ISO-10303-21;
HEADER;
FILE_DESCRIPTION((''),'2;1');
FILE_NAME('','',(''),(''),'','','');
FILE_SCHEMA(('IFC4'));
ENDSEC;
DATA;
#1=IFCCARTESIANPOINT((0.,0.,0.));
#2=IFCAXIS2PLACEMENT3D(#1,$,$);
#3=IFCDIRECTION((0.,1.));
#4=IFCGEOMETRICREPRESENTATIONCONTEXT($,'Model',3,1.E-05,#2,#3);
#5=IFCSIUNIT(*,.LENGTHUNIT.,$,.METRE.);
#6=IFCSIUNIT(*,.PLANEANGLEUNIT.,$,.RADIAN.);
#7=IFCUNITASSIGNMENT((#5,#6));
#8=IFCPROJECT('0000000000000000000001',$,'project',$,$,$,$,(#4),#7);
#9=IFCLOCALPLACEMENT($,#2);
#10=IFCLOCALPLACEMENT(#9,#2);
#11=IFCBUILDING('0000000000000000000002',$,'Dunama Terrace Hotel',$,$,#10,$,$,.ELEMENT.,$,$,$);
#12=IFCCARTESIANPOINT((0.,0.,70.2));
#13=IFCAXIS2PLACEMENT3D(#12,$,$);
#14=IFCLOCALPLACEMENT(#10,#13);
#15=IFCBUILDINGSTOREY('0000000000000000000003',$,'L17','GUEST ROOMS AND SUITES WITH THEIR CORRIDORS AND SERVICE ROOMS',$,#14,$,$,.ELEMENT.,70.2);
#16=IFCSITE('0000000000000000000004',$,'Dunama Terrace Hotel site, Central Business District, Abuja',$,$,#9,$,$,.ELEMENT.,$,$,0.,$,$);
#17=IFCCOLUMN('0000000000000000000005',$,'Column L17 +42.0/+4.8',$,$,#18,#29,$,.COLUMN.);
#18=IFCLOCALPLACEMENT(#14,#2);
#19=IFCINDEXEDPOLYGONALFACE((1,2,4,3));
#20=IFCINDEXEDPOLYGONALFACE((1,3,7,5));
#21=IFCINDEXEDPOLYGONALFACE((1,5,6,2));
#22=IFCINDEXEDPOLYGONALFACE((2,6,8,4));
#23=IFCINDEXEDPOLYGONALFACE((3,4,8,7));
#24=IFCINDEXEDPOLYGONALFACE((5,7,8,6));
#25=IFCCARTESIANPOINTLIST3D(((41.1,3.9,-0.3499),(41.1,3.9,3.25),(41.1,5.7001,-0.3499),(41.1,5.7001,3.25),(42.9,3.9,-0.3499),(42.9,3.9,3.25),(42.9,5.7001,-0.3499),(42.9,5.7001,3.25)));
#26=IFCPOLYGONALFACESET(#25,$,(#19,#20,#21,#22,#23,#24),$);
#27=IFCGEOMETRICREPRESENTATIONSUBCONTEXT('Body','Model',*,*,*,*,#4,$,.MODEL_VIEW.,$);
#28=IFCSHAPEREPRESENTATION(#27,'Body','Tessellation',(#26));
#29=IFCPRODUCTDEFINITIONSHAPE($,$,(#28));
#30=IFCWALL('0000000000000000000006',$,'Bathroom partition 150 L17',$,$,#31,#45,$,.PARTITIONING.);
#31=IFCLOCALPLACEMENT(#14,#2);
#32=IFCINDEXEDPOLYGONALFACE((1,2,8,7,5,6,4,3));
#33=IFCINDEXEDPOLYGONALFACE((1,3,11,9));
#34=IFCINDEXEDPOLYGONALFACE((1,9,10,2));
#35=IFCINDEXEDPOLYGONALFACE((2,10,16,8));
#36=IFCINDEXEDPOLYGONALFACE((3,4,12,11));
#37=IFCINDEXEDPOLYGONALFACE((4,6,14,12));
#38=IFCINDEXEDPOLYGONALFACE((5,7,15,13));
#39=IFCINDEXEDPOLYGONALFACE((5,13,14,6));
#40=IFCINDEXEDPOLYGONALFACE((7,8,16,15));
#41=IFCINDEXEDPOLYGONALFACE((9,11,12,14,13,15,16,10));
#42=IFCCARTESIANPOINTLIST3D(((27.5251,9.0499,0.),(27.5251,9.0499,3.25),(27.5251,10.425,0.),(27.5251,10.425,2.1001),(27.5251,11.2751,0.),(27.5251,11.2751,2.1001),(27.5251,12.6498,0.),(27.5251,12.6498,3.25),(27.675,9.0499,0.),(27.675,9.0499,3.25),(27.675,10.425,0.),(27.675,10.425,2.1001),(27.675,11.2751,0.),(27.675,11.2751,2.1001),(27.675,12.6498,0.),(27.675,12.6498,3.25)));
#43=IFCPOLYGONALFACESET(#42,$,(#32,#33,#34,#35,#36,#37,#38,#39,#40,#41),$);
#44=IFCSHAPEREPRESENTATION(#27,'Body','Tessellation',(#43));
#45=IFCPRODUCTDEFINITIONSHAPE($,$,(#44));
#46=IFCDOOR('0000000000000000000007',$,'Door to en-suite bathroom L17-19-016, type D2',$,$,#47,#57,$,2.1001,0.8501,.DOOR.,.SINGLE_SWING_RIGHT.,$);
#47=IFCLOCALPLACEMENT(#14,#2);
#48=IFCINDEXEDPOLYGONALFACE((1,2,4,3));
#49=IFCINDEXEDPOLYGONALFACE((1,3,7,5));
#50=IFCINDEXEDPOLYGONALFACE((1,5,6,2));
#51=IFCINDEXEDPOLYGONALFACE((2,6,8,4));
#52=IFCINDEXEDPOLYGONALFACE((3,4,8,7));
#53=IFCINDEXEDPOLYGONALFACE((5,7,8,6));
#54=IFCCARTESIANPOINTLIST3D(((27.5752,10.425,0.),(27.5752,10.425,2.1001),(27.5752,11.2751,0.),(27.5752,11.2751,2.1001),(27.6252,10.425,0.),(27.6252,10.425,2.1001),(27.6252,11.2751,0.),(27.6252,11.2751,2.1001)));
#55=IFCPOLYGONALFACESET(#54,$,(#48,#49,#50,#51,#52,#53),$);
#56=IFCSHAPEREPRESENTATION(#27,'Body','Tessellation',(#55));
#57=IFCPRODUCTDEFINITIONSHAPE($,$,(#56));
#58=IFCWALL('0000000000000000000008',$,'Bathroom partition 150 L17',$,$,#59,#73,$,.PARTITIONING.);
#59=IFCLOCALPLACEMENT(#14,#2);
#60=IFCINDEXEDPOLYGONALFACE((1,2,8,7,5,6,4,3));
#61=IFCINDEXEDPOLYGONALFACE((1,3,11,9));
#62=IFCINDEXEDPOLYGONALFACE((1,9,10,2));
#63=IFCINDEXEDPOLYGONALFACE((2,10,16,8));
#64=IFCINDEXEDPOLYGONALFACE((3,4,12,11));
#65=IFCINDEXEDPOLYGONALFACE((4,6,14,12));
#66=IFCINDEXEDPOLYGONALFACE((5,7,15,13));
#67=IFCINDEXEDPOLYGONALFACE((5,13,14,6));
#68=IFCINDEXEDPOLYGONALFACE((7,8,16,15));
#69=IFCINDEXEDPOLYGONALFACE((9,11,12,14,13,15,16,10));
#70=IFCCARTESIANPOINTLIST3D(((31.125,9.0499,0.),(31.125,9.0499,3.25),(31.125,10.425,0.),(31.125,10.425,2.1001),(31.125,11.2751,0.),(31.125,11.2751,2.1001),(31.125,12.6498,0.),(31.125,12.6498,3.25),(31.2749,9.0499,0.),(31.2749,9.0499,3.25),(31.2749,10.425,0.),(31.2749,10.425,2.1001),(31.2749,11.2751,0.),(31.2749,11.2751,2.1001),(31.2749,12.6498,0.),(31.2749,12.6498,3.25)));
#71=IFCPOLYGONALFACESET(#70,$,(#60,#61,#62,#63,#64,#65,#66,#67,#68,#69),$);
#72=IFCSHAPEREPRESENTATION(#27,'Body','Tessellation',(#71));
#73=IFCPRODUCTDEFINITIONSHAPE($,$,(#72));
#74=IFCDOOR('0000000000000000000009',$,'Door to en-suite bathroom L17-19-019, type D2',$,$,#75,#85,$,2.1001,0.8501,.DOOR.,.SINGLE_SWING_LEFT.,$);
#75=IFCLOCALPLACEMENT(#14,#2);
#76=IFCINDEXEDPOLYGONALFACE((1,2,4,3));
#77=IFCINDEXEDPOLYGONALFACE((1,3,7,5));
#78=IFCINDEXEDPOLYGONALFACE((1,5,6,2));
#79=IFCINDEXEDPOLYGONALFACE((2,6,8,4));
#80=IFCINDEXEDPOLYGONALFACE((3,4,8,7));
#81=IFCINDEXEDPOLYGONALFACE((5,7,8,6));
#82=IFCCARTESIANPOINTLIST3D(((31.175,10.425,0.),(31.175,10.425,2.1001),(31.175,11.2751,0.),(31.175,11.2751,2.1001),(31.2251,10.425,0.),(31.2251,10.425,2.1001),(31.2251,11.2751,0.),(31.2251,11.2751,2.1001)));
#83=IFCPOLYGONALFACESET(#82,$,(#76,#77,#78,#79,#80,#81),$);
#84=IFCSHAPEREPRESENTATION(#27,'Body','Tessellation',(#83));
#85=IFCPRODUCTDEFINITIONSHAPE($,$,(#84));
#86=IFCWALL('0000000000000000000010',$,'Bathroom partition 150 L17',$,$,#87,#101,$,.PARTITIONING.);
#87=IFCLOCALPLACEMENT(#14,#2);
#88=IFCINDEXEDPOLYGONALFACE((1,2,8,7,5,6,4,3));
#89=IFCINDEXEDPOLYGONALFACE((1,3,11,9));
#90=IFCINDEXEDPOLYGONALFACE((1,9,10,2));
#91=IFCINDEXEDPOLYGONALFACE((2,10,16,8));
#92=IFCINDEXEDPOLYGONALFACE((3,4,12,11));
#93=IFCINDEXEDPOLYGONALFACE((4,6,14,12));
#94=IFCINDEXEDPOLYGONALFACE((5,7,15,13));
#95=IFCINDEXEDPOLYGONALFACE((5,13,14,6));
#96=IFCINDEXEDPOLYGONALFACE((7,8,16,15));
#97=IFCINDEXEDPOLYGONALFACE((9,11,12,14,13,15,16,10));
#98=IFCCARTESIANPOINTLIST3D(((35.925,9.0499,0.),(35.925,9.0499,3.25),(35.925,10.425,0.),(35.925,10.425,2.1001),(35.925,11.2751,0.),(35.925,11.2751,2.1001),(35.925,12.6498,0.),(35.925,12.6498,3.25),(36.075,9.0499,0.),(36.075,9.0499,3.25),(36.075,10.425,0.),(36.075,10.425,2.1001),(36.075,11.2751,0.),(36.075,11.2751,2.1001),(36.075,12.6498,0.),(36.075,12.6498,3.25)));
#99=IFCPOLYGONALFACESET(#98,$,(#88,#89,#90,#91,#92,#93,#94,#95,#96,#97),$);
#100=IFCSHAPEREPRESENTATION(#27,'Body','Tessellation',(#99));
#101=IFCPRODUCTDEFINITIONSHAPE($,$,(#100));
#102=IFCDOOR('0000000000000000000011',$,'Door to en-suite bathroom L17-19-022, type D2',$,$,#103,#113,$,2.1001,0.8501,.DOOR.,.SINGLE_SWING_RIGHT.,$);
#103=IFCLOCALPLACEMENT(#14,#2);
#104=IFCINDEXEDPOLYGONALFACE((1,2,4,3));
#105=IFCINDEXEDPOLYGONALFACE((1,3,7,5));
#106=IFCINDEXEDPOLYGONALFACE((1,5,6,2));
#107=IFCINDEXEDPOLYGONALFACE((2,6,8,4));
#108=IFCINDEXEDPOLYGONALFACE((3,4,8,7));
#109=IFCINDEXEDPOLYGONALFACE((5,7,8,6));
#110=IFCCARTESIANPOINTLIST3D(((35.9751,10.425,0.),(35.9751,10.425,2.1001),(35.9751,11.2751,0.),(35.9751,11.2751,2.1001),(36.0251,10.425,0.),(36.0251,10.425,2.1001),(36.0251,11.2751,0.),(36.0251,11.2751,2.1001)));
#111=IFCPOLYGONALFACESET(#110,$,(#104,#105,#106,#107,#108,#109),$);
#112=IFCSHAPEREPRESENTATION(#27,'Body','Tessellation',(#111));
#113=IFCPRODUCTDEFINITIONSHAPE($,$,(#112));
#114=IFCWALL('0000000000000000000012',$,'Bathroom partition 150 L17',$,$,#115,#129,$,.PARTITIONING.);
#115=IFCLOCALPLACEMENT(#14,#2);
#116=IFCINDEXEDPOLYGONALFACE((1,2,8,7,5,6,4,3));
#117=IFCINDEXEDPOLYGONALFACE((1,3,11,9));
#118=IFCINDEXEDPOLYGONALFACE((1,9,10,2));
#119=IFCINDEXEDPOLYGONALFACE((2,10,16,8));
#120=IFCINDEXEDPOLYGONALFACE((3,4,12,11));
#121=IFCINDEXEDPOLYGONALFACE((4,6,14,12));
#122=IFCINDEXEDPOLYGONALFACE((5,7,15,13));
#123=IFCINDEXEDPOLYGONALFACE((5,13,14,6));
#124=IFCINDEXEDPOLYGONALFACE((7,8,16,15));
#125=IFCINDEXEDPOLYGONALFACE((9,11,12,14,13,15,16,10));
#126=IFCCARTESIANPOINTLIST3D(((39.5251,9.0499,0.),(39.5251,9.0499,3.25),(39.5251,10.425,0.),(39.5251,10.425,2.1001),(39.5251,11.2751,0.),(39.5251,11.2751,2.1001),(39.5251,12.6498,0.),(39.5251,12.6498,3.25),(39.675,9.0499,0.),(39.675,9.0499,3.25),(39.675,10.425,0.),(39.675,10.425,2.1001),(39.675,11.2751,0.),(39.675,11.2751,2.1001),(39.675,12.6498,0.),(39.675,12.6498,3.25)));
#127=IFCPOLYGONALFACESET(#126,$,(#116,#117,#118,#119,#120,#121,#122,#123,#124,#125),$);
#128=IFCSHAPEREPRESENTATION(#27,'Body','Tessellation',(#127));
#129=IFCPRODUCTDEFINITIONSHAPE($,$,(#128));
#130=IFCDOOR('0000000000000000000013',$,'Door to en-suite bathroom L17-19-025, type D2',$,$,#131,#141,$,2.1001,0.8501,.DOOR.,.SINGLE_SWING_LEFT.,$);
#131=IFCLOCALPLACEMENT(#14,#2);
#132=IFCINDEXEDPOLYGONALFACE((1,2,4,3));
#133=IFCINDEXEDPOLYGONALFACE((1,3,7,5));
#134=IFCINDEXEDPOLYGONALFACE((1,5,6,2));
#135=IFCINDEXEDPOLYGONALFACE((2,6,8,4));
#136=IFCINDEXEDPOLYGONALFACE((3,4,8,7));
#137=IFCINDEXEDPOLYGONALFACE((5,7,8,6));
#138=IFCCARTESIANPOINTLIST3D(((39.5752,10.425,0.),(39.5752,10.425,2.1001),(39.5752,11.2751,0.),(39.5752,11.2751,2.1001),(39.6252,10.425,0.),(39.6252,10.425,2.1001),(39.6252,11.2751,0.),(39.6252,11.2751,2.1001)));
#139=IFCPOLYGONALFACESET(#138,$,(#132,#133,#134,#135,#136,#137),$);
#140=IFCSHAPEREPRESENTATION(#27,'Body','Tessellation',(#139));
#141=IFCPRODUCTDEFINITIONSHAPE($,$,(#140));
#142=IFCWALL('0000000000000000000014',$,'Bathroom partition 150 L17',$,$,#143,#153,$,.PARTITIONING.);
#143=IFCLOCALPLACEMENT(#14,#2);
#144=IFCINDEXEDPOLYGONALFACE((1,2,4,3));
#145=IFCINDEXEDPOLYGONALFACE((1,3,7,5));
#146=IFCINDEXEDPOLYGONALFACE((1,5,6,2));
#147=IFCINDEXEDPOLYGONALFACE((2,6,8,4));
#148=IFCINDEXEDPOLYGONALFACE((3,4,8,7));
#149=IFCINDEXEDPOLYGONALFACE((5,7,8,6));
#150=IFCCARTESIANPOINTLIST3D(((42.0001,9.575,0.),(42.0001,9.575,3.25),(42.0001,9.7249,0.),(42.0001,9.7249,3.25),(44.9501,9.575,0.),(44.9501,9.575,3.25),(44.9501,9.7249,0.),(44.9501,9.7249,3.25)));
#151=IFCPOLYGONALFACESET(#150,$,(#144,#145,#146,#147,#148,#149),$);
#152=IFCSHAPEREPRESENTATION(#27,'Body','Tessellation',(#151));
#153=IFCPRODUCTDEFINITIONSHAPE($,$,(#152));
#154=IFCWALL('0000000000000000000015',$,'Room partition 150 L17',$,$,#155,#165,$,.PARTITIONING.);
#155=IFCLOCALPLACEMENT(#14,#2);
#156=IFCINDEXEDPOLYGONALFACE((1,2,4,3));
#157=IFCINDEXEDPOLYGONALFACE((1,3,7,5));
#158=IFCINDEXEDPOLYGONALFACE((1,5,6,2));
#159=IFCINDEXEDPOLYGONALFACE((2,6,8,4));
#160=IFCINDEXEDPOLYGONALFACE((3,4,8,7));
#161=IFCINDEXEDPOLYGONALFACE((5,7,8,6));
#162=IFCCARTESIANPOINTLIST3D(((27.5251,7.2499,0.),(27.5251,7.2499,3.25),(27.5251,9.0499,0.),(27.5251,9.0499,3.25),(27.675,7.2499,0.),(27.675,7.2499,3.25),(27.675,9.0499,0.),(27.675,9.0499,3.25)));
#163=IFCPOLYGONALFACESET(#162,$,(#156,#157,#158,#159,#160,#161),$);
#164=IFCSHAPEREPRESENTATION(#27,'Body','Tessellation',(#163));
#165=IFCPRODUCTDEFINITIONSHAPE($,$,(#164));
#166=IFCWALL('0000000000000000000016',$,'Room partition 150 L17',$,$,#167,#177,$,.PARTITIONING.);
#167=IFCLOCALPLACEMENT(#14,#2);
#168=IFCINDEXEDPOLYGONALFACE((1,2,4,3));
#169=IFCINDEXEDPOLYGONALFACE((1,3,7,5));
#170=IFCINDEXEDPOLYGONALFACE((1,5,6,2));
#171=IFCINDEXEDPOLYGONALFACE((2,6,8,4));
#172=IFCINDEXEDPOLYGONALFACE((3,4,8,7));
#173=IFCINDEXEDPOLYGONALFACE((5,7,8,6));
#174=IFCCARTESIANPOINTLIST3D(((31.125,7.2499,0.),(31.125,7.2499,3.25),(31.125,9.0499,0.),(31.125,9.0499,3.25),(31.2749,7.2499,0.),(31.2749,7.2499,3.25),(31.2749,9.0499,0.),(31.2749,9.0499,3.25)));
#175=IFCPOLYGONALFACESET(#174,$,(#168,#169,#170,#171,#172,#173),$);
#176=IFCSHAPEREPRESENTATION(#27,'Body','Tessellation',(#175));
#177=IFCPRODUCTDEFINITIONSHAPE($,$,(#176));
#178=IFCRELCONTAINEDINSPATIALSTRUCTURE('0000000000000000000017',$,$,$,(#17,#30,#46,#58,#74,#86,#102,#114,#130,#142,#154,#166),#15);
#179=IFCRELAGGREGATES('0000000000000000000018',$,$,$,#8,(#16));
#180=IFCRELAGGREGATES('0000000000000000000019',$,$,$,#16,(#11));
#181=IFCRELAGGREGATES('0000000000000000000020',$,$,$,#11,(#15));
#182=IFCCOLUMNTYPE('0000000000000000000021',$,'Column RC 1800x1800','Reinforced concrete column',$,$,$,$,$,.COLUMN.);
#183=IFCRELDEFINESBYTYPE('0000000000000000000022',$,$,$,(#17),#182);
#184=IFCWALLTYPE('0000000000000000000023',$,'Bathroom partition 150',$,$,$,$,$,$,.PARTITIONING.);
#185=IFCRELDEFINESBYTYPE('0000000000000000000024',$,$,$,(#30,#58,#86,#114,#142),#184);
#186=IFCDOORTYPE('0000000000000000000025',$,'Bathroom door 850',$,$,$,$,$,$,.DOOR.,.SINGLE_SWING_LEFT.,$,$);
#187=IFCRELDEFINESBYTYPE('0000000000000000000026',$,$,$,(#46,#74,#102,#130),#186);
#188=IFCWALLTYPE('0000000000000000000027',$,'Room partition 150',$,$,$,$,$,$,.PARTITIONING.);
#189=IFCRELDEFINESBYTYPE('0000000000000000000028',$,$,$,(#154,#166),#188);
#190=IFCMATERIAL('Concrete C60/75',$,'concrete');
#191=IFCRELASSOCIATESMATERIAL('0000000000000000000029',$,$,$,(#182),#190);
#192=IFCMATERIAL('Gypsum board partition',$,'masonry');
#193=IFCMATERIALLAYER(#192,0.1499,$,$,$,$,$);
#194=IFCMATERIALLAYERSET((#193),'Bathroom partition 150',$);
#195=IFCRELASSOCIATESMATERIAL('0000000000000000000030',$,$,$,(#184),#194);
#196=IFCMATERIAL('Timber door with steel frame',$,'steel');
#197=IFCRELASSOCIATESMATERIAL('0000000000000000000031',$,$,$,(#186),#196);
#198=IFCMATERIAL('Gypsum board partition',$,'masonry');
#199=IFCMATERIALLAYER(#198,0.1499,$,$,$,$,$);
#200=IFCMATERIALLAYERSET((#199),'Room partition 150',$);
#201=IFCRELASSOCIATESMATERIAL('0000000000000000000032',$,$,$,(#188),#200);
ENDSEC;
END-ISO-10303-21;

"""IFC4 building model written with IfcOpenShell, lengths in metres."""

from ifc_helpers import new_model, si_unit, direction, frame, frame_2d, origin, origin_2d, place, context, subcontext, project, spatial, rectangle, extrude, material, layer, layer_set, material_profile, profile_set, type_object, element, fill, save


model = new_model("IFC4")

# Units and contexts
model_context = context("Model", 3, precision=1e-05, world=origin(), true_north=direction((0.0, 1.0)))
body_context = subcontext(model_context, "Body", "Model", "MODEL_VIEW")
ifc_project = project(units=[si_unit("LENGTHUNIT", "METRE"), si_unit("PLANEANGLEUNIT", "RADIAN")], contexts=[model_context])

# Site, building, storey
site_placement = place(None, origin())
site = spatial("IfcSite", under=ifc_project, at=site_placement, Name="Dunama Terrace Hotel site, Central Business District, Abuja", CompositionType="ELEMENT", RefElevation=0.0)
building_placement = place(site_placement, origin())
building = spatial("IfcBuilding", under=site, at=building_placement, Name="Dunama Terrace Hotel", CompositionType="ELEMENT")
storey_placement = place(building_placement, frame((0.0, 0.0, 70.2)))
storey = spatial("IfcBuildingStorey", under=building, at=storey_placement, Name="L17", Description="GUEST ROOMS AND SUITES WITH THEIR CORRIDORS AND SERVICE ROOMS", CompositionType="ELEMENT", Elevation=70.2)

# Column
ifc_material_1 = material(Name="Concrete C60/75", Category="concrete")
ifc_material_profile = material_profile(ifc_material_1, rectangle(XDim=1.8, YDim=1.8, at=origin_2d()), Name="RC 1800x1800")
ifc_profile_set = profile_set([ifc_material_profile], Name="Concrete C60/75")
column_type = type_object("IfcColumnType", Name="Column RC 1800x1800", Description="Reinforced concrete column", PredefinedType="COLUMN", material=ifc_profile_set)
column_placement = place(storey_placement, frame((42.0, 4.8, -0.3499), z_axis=(0.0, 0.0, 1.0), x_axis=(1.0, 0.0, 0.0)))
element("IfcColumn", 1, at=column_placement, inside=storey, type_object=column_type, Name="Column L17 +42.0/+4.8", PredefinedType="COLUMN", context=body_context, shape_type="SweptSolid", body=[
    extrude(rectangle(XDim=1.8, YDim=1.8, at=origin_2d()), origin(), (0.0, 0.0, 1.0), 3.5999),
])

# Walls, openings, doors
ifc_material_2 = material(Name="Gypsum board partition", Category="masonry")
ifc_layer_1 = layer(ifc_material_2, 0.1499)
ifc_layer_set_1 = layer_set([ifc_layer_1], Name="Bathroom partition 150")
wall_type_1 = type_object("IfcWallType", Name="Bathroom partition 150", PredefinedType="PARTITIONING", material=ifc_layer_set_1)
wall_1_placement = place(storey_placement, frame((27.6001, 9.05, 0.0), z_axis=(0.0, 0.0, 1.0), x_axis=(0.0, 1.0, 0.0)))
wall_1 = element("IfcWall", 2, at=wall_1_placement, inside=storey, type_object=wall_type_1, Name="Bathroom partition 150 L17", PredefinedType="PARTITIONING", context=body_context, shape_type="SweptSolid", body=[
    extrude(rectangle(XDim=3.5999, YDim=0.1499, at=frame_2d((1.7998, 0.0))), origin(), (0.0, 0.0, 1.0), 3.25),
])
opening_1_placement = place(wall_1_placement, frame((1.375, 0.0, 0.0)))
opening_1 = element("IfcOpeningElement", 3, at=opening_1_placement, cuts=wall_1, PredefinedType="OPENING", context=body_context, shape_type="SweptSolid", body=[
    extrude(rectangle(XDim=0.8501, YDim=2.1001, at=frame_2d((0.425, 1.05))), frame((0.0, 0.085, 0.0), z_axis=(0.0, -1.0, 0.0), x_axis=(1.0, 0.0, 0.0)), (0.0, 0.0, 1.0), 0.1699),
])
ifc_material_3 = material(Name="Timber door with steel frame", Category="steel")
door_type_1 = type_object("IfcDoorType", Name="Bathroom door 850", OperationType="SINGLE_SWING_LEFT", PredefinedType="DOOR", material=ifc_material_3)
door_1_placement = place(opening_1_placement, origin())
door_1 = element("IfcDoor", 4, at=door_1_placement, inside=storey, type_object=door_type_1, Name="Door to en-suite bathroom L17-19-016, type D2", OperationType="SINGLE_SWING_RIGHT", OverallHeight=2.1001, OverallWidth=0.8501, PredefinedType="DOOR", context=body_context, shape_type="SweptSolid", body=[
    extrude(rectangle(XDim=0.8501, YDim=2.1001, at=frame_2d((0.425, 1.05))), frame((0.0, 0.0249, 0.0), z_axis=(0.0, -1.0, 0.0), x_axis=(1.0, 0.0, 0.0)), (0.0, 0.0, 1.0), 0.05),
])
fill(opening_1, door_1)
wall_2_placement = place(storey_placement, frame((31.2, 9.05, 0.0), z_axis=(0.0, 0.0, 1.0), x_axis=(0.0, 1.0, 0.0)))
wall_2 = element("IfcWall", 5, at=wall_2_placement, inside=storey, type_object=wall_type_1, Name="Bathroom partition 150 L17", PredefinedType="PARTITIONING", context=body_context, shape_type="SweptSolid", body=[
    extrude(rectangle(XDim=3.5999, YDim=0.1499, at=frame_2d((1.7998, 0.0))), origin(), (0.0, 0.0, 1.0), 3.25),
])
opening_2_placement = place(wall_2_placement, frame((1.375, 0.0, 0.0)))
opening_2 = element("IfcOpeningElement", 6, at=opening_2_placement, cuts=wall_2, PredefinedType="OPENING", context=body_context, shape_type="SweptSolid", body=[
    extrude(rectangle(XDim=0.8501, YDim=2.1001, at=frame_2d((0.425, 1.05))), frame((0.0, 0.085, 0.0), z_axis=(0.0, -1.0, 0.0), x_axis=(1.0, 0.0, 0.0)), (0.0, 0.0, 1.0), 0.1699),
])
door_2_placement = place(opening_2_placement, frame((0.8501, 0.0, 0.0), z_axis=(0.0, 0.0, 1.0), x_axis=(-1.0, 0.0, 0.0)))
door_2 = element("IfcDoor", 7, at=door_2_placement, inside=storey, type_object=door_type_1, Name="Door to en-suite bathroom L17-19-019, type D2", OperationType="SINGLE_SWING_LEFT", OverallHeight=2.1001, OverallWidth=0.8501, PredefinedType="DOOR", context=body_context, shape_type="SweptSolid", body=[
    extrude(rectangle(XDim=0.8501, YDim=2.1001, at=frame_2d((0.425, 1.05))), frame((0.0, 0.0251, 0.0), z_axis=(0.0, -1.0, 0.0), x_axis=(1.0, 0.0, 0.0)), (0.0, 0.0, 1.0), 0.05),
])
fill(opening_2, door_2)
wall_3_placement = place(storey_placement, frame((36.0, 9.05, 0.0), z_axis=(0.0, 0.0, 1.0), x_axis=(0.0, 1.0, 0.0)))
wall_3 = element("IfcWall", 8, at=wall_3_placement, inside=storey, type_object=wall_type_1, Name="Bathroom partition 150 L17", PredefinedType="PARTITIONING", context=body_context, shape_type="SweptSolid", body=[
    extrude(rectangle(XDim=3.5999, YDim=0.1499, at=frame_2d((1.7998, 0.0))), origin(), (0.0, 0.0, 1.0), 3.25),
])
opening_3_placement = place(wall_3_placement, frame((1.375, 0.0, 0.0)))
opening_3 = element("IfcOpeningElement", 9, at=opening_3_placement, cuts=wall_3, PredefinedType="OPENING", context=body_context, shape_type="SweptSolid", body=[
    extrude(rectangle(XDim=0.8501, YDim=2.1001, at=frame_2d((0.425, 1.05))), frame((0.0, 0.085, 0.0), z_axis=(0.0, -1.0, 0.0), x_axis=(1.0, 0.0, 0.0)), (0.0, 0.0, 1.0), 0.1699),
])
door_3_placement = place(opening_3_placement, origin())
door_3 = element("IfcDoor", 10, at=door_3_placement, inside=storey, type_object=door_type_1, Name="Door to en-suite bathroom L17-19-022, type D2", OperationType="SINGLE_SWING_RIGHT", OverallHeight=2.1001, OverallWidth=0.8501, PredefinedType="DOOR", context=body_context, shape_type="SweptSolid", body=[
    extrude(rectangle(XDim=0.8501, YDim=2.1001, at=frame_2d((0.425, 1.05))), frame((0.0, 0.0249, 0.0), z_axis=(0.0, -1.0, 0.0), x_axis=(1.0, 0.0, 0.0)), (0.0, 0.0, 1.0), 0.05),
])
fill(opening_3, door_3)
wall_4_placement = place(storey_placement, frame((39.6001, 9.05, 0.0), z_axis=(0.0, 0.0, 1.0), x_axis=(0.0, 1.0, 0.0)))
wall_4 = element("IfcWall", 11, at=wall_4_placement, inside=storey, type_object=wall_type_1, Name="Bathroom partition 150 L17", PredefinedType="PARTITIONING", context=body_context, shape_type="SweptSolid", body=[
    extrude(rectangle(XDim=3.5999, YDim=0.1499, at=frame_2d((1.7998, 0.0))), origin(), (0.0, 0.0, 1.0), 3.25),
])
opening_4_placement = place(wall_4_placement, frame((1.375, 0.0, 0.0)))
opening_4 = element("IfcOpeningElement", 12, at=opening_4_placement, cuts=wall_4, PredefinedType="OPENING", context=body_context, shape_type="SweptSolid", body=[
    extrude(rectangle(XDim=0.8501, YDim=2.1001, at=frame_2d((0.425, 1.05))), frame((0.0, 0.085, 0.0), z_axis=(0.0, -1.0, 0.0), x_axis=(1.0, 0.0, 0.0)), (0.0, 0.0, 1.0), 0.1699),
])
door_4_placement = place(opening_4_placement, frame((0.8501, 0.0, 0.0), z_axis=(0.0, 0.0, 1.0), x_axis=(-1.0, 0.0, 0.0)))
door_4 = element("IfcDoor", 13, at=door_4_placement, inside=storey, type_object=door_type_1, Name="Door to en-suite bathroom L17-19-025, type D2", OperationType="SINGLE_SWING_LEFT", OverallHeight=2.1001, OverallWidth=0.8501, PredefinedType="DOOR", context=body_context, shape_type="SweptSolid", body=[
    extrude(rectangle(XDim=0.8501, YDim=2.1001, at=frame_2d((0.425, 1.05))), frame((0.0, 0.0251, 0.0), z_axis=(0.0, -1.0, 0.0), x_axis=(1.0, 0.0, 0.0)), (0.0, 0.0, 1.0), 0.05),
])
fill(opening_4, door_4)

# Walls
wall_5_placement = place(storey_placement, frame((42.0, 9.6499, 0.0), z_axis=(0.0, 0.0, 1.0), x_axis=(1.0, 0.0, 0.0)))
element("IfcWall", 14, at=wall_5_placement, inside=storey, type_object=wall_type_1, Name="Bathroom partition 150 L17", PredefinedType="PARTITIONING", context=body_context, shape_type="SweptSolid", body=[
    extrude(rectangle(XDim=2.95, YDim=0.1499, at=frame_2d((1.4751, 0.0))), origin(), (0.0, 0.0, 1.0), 3.25),
])
ifc_material_4 = material(Name="Gypsum board partition", Category="masonry")
ifc_layer_2 = layer(ifc_material_4, 0.1499)
ifc_layer_set_2 = layer_set([ifc_layer_2], Name="Room partition 150")
wall_type_2 = type_object("IfcWallType", Name="Room partition 150", PredefinedType="PARTITIONING", material=ifc_layer_set_2)
for number, where, z_axis, x_axis, name in (
    (15, (27.6001, 7.25, 0.0), (0.0, 0.0, 1.0), (0.0, 1.0, 0.0), "Room partition 150 L17"),
    (16, (31.2, 7.25, 0.0), (0.0, 0.0, 1.0), (0.0, 1.0, 0.0), "Room partition 150 L17"),
):
    element("IfcWall", number, at=place(storey_placement, frame(where, z_axis=z_axis, x_axis=x_axis)), inside=storey, type_object=wall_type_2, Name=name, PredefinedType="PARTITIONING", context=body_context, shape_type="SweptSolid", body=[
        extrude(rectangle(XDim=1.8, YDim=0.1499, at=frame_2d((0.8999, 0.0))), origin(), (0.0, 0.0, 1.0), 3.25),
    ])

save(model, "model.ifc")
